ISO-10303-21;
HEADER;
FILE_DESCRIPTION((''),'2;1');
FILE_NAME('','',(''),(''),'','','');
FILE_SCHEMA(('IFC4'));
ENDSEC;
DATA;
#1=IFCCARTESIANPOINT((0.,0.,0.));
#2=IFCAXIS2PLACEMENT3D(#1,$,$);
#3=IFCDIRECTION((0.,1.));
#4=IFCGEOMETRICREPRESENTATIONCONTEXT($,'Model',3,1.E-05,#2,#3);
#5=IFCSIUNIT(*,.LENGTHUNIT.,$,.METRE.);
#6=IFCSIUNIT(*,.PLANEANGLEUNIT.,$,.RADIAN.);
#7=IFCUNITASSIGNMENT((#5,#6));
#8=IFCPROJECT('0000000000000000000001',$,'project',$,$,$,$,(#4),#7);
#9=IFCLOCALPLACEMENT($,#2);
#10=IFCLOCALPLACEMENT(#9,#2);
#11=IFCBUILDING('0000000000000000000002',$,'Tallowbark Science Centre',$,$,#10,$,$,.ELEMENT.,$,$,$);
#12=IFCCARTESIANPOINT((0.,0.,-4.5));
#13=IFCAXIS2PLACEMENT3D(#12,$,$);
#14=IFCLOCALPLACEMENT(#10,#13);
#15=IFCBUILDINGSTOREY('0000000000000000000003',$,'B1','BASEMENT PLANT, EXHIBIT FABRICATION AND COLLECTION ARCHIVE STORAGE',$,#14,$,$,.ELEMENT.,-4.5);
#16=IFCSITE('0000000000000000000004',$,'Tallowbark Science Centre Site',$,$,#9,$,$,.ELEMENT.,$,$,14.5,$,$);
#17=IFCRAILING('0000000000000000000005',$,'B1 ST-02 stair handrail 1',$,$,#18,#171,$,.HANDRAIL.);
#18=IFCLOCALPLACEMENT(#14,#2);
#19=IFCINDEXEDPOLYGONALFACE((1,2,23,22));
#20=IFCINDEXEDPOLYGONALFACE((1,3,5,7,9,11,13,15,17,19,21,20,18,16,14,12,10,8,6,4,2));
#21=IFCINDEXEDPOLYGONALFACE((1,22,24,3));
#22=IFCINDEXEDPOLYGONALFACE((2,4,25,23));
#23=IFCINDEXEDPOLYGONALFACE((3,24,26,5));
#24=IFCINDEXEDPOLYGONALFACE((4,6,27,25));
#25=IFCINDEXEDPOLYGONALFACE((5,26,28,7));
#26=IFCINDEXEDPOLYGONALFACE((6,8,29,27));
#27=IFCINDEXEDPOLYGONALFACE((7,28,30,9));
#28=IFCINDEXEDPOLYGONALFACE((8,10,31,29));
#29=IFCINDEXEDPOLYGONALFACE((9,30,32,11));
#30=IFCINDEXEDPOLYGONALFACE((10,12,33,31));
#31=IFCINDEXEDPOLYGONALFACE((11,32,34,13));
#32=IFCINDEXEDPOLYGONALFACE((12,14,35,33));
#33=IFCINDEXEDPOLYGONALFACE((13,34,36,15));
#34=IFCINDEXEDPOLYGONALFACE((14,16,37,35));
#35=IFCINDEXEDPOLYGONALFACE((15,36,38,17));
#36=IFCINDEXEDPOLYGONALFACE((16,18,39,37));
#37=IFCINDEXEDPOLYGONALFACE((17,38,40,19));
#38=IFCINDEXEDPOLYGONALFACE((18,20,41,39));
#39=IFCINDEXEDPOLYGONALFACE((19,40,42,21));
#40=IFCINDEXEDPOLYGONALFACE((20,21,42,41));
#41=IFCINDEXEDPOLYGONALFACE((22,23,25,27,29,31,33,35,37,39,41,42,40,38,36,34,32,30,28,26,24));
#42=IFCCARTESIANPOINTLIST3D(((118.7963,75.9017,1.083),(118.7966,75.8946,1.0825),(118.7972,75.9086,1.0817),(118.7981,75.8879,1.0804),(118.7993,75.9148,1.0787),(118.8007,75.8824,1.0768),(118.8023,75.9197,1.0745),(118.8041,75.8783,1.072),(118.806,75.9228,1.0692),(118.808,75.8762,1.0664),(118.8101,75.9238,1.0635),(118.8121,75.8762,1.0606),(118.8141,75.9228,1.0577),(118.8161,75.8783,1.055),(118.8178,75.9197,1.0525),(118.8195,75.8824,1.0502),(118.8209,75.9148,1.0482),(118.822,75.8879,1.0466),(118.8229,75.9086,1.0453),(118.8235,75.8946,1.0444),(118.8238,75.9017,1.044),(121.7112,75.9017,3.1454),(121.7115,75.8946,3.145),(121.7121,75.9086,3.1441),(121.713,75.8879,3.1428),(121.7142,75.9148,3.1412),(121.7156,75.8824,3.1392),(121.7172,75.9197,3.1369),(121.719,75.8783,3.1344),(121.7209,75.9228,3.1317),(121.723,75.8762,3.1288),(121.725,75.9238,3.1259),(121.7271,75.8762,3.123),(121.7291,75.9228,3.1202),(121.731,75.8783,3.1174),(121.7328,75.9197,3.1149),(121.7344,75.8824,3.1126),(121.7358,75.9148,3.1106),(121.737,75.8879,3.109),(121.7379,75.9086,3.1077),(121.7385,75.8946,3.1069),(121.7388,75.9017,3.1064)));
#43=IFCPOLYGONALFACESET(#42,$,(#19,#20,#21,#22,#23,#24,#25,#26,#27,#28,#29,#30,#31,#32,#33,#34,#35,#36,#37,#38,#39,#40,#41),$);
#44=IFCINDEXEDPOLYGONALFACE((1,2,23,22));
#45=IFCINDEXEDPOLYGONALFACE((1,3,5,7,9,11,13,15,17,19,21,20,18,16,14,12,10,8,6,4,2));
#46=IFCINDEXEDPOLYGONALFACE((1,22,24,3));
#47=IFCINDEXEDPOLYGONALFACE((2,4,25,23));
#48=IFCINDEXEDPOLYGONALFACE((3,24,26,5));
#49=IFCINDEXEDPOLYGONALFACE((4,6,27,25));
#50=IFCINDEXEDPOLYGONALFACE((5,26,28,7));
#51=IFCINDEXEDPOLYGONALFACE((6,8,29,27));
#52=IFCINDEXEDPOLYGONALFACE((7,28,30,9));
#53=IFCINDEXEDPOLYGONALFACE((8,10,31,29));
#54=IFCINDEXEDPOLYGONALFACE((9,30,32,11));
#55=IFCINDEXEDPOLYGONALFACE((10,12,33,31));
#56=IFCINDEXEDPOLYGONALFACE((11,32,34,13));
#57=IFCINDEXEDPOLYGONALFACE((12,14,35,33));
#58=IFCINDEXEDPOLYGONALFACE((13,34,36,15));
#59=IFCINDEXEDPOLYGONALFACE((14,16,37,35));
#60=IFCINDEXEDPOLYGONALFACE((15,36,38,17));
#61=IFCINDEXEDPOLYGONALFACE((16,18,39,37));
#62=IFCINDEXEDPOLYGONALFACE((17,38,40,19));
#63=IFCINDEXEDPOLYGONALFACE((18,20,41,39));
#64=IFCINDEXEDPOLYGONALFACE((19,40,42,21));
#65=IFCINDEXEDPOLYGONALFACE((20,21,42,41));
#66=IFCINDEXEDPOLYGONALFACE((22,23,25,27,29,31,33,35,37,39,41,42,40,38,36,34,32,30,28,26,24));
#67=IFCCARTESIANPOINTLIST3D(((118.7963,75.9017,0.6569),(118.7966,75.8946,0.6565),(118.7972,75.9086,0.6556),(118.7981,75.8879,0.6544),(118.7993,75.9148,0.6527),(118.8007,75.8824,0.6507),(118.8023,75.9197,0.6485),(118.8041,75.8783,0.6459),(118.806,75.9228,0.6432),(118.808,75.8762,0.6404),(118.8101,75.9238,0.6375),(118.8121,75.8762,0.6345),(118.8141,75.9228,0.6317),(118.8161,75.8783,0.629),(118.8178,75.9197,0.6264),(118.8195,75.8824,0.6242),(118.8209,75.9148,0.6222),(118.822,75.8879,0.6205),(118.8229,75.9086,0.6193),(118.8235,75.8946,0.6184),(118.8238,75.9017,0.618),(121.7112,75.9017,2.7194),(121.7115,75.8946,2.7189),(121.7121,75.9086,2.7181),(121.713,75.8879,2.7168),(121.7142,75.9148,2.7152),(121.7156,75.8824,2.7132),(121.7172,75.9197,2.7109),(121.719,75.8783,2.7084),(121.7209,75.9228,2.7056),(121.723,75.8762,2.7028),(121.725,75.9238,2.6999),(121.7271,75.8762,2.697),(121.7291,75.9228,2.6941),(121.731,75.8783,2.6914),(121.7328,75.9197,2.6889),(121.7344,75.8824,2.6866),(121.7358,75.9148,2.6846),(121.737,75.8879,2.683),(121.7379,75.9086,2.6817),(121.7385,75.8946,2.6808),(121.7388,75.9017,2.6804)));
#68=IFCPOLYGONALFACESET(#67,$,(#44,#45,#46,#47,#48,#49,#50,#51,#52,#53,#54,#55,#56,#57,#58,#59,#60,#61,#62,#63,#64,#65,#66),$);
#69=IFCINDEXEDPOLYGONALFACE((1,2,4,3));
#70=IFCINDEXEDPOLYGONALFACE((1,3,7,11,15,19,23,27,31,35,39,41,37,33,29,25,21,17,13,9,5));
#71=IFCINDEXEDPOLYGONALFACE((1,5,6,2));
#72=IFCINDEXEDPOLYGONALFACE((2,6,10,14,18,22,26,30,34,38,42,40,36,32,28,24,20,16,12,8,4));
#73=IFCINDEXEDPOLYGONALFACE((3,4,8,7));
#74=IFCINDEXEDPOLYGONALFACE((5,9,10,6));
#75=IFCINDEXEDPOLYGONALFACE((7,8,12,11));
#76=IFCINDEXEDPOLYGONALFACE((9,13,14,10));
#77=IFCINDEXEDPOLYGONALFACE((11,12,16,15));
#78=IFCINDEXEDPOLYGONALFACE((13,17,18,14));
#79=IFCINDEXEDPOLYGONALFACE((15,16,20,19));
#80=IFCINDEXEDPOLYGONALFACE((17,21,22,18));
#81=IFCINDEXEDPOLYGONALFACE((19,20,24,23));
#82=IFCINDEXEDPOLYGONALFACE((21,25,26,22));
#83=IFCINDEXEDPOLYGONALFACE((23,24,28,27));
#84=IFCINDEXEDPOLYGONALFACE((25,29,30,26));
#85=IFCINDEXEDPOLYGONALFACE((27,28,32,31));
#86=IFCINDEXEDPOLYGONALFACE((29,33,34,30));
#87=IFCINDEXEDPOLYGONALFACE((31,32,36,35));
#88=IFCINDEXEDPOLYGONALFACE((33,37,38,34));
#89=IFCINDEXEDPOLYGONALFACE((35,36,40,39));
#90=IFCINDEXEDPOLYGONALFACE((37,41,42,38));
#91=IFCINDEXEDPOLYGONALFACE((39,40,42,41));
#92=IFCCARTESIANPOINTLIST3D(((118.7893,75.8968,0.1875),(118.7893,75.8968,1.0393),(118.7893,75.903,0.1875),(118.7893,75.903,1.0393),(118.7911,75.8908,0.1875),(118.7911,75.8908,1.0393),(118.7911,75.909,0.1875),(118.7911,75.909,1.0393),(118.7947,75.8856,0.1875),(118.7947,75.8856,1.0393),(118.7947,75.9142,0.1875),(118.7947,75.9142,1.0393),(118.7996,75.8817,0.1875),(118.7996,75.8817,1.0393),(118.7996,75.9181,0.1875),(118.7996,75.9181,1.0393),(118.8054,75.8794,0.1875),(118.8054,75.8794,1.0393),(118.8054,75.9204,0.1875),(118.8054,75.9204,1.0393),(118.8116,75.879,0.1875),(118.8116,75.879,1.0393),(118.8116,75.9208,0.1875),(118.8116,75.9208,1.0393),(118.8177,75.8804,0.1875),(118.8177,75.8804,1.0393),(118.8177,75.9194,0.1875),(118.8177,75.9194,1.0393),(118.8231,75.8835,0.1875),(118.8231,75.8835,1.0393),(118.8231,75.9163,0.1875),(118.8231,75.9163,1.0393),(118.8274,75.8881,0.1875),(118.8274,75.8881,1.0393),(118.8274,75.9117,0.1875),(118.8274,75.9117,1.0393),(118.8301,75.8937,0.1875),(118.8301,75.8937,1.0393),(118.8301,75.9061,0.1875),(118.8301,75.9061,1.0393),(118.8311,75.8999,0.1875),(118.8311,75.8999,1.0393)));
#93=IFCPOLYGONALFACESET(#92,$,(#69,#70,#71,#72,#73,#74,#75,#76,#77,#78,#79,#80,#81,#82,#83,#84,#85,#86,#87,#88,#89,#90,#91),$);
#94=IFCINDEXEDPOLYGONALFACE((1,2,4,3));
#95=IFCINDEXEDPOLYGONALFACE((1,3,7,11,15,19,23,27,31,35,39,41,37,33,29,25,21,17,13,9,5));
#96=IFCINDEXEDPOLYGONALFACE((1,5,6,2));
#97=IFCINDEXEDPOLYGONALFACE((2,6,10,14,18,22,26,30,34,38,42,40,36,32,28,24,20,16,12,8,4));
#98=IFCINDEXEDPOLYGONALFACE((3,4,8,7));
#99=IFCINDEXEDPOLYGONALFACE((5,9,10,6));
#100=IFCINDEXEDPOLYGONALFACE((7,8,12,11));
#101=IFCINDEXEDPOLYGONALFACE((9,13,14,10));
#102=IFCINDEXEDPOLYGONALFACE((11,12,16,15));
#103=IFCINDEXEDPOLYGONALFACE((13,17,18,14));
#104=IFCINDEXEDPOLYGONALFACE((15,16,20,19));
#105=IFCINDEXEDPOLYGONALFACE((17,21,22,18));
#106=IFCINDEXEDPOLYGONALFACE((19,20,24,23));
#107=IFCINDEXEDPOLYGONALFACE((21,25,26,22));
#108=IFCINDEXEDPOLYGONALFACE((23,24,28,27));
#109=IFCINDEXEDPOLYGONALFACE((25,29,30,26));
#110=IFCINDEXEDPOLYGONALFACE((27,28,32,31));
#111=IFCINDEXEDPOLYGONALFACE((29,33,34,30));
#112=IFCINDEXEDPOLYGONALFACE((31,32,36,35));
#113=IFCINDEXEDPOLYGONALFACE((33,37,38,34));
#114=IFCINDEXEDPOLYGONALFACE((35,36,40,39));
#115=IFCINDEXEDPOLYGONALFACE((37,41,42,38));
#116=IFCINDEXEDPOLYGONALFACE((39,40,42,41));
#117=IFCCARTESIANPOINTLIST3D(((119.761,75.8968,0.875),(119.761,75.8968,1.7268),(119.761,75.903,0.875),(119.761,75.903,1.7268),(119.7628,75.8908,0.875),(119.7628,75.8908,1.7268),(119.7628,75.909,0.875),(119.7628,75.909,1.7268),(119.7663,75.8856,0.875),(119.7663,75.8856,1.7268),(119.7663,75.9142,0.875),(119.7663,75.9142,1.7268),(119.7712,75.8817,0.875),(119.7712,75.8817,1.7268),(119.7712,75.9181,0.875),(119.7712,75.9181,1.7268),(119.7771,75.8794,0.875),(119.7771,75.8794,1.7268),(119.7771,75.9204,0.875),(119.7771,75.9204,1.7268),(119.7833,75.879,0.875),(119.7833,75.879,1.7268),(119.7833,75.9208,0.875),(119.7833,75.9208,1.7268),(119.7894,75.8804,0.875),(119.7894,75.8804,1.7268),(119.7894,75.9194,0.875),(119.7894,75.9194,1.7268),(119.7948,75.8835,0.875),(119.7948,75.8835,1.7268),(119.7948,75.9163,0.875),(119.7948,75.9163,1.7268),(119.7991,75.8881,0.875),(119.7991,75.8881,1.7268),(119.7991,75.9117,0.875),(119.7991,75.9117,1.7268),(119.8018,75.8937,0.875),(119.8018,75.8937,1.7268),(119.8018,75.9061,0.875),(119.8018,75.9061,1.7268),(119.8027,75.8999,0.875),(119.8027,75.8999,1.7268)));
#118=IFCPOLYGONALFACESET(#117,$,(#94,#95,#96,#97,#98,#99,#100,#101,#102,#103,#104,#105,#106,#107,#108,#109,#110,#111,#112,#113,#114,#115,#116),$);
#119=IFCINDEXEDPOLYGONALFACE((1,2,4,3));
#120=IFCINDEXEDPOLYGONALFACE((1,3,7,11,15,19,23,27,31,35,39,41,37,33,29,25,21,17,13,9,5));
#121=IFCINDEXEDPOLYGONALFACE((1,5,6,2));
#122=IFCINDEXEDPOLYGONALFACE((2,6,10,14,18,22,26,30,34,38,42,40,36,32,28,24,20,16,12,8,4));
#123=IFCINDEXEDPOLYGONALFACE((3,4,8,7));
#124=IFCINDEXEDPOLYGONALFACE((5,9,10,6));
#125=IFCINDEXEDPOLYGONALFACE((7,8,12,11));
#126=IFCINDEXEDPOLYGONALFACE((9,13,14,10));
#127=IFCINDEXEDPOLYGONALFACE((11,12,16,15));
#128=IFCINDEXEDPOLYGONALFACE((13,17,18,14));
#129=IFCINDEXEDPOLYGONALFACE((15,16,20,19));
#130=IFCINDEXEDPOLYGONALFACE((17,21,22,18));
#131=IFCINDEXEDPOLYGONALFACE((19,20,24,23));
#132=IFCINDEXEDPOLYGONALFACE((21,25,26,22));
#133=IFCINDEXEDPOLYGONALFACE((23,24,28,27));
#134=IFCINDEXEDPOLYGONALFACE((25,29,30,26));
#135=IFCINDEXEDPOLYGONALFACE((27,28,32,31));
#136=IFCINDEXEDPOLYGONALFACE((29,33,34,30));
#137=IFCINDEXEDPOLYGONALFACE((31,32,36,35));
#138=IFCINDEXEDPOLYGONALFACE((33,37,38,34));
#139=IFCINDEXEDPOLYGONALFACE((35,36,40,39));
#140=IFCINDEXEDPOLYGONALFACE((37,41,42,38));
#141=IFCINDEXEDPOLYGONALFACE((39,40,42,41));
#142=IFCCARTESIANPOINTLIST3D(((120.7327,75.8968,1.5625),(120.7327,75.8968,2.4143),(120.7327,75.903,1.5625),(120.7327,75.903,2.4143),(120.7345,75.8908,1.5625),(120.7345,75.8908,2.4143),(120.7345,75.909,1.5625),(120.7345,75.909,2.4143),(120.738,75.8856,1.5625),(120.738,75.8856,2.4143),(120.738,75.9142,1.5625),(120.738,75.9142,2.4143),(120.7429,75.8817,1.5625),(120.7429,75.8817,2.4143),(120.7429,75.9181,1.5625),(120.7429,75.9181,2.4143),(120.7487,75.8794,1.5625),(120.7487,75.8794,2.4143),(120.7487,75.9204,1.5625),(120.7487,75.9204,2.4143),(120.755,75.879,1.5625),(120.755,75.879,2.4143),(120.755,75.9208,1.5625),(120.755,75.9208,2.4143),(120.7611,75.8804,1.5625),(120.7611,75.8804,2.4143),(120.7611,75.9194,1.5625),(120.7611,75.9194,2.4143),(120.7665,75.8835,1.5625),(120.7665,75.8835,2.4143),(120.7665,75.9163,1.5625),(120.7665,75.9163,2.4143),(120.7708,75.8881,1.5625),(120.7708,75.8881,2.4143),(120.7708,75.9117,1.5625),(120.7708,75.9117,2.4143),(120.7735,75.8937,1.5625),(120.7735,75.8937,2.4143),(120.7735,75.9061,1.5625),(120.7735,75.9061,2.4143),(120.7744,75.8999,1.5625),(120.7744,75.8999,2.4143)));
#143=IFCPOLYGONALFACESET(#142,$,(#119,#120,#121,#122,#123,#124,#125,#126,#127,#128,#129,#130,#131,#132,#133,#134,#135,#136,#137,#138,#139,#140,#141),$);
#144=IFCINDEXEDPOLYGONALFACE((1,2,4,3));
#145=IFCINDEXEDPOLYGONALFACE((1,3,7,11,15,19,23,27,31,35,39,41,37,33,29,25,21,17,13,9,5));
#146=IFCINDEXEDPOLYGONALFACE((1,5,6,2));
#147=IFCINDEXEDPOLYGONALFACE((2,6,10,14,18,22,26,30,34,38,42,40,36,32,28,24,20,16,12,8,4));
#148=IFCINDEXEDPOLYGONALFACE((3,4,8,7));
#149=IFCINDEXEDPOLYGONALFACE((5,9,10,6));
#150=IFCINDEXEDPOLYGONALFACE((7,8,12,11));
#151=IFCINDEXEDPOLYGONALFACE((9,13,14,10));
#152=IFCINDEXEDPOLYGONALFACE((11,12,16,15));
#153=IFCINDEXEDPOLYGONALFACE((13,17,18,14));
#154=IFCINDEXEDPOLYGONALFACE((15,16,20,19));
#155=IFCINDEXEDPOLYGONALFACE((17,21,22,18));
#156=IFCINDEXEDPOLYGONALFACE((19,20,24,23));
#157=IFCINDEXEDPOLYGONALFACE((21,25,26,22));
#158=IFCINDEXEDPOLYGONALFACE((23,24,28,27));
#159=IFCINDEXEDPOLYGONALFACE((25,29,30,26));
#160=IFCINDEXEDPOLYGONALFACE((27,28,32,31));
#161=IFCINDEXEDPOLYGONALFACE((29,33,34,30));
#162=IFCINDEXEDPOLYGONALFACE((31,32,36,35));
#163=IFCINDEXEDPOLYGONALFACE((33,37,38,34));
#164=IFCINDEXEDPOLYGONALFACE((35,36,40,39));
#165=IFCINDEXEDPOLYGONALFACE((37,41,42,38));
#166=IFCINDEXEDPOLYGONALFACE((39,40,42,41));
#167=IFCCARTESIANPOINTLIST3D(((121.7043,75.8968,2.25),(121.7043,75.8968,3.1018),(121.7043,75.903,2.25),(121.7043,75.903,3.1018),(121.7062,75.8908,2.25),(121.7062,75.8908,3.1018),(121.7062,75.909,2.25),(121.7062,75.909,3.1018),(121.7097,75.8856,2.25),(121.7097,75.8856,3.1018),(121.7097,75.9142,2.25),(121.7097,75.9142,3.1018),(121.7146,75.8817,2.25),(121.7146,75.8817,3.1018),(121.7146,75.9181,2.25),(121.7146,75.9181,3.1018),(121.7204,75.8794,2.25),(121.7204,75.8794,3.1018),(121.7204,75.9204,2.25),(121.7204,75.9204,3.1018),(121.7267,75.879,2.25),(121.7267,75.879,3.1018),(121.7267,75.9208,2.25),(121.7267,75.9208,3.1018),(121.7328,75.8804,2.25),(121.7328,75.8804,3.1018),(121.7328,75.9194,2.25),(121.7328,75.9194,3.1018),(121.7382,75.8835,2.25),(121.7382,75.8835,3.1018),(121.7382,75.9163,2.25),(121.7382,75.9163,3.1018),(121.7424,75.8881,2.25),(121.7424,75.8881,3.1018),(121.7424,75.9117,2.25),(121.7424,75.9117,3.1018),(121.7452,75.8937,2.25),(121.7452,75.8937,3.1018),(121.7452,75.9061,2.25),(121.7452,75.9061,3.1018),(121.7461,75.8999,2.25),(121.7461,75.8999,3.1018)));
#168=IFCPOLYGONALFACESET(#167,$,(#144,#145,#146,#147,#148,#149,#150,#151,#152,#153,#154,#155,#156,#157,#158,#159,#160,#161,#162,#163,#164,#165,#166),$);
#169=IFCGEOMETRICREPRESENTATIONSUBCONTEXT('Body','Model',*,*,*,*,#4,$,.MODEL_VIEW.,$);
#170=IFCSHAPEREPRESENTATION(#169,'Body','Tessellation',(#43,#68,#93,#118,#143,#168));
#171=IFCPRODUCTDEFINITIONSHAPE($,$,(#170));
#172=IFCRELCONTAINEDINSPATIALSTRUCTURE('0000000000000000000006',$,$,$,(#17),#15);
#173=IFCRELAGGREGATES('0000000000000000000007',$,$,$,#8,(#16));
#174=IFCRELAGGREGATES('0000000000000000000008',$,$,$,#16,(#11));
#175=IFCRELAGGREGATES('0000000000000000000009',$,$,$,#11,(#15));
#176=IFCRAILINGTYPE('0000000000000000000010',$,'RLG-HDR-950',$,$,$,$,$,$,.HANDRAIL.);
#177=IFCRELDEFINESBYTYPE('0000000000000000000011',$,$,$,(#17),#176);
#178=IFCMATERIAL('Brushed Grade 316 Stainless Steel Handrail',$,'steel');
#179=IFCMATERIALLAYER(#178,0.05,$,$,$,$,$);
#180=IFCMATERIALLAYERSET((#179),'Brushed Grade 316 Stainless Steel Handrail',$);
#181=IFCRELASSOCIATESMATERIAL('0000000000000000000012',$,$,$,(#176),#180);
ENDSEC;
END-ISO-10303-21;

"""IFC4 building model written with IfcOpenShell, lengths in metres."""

from ifc_helpers import new_model, si_unit, direction, frame, origin, origin_2d, place, context, subcontext, project, spatial, circle, extrude, material, layer, layer_set, type_object, element, save


model = new_model("IFC4")

# Units and contexts
model_context = context("Model", 3, precision=1e-05, world=origin(), true_north=direction((0.0, 1.0)))
body_context = subcontext(model_context, "Body", "Model", "MODEL_VIEW")
ifc_project = project(units=[si_unit("LENGTHUNIT", "METRE"), si_unit("PLANEANGLEUNIT", "RADIAN")], contexts=[model_context])

# Site, building, storey
site_placement = place(None, origin())
site = spatial("IfcSite", under=ifc_project, at=site_placement, Name="Tallowbark Science Centre Site", CompositionType="ELEMENT", RefElevation=14.5)
building_placement = place(site_placement, origin())
building = spatial("IfcBuilding", under=site, at=building_placement, Name="Tallowbark Science Centre", CompositionType="ELEMENT")
storey_placement = place(building_placement, frame((0.0, 0.0, -4.5)))
storey = spatial("IfcBuildingStorey", under=building, at=storey_placement, Name="B1", Description="BASEMENT PLANT, EXHIBIT FABRICATION AND COLLECTION ARCHIVE STORAGE", CompositionType="ELEMENT", Elevation=-4.5)

# Railing
ifc_material_1 = material(Name="Brushed Grade 316 Stainless Steel Handrail", Category="steel")
ifc_layer_1 = layer(ifc_material_1, 0.05)
ifc_layer_set_1 = layer_set([ifc_layer_1], Name="Brushed Grade 316 Stainless Steel Handrail")
railing_type_1 = type_object("IfcRailingType", Name="RLG-HDR-950", PredefinedType="HANDRAIL", material=ifc_layer_set_1)
railing_1_placement = place(storey_placement, frame((118.8101, 75.8999, 0.1875)))
element("IfcRailing", 1, at=railing_1_placement, inside=storey, type_object=railing_type_1, Name="B1 ST-02 stair handrail 1", PredefinedType="HANDRAIL", context=body_context, shape_type="SweptSolid", body=[
    extrude(circle(Radius=0.0239, at=origin_2d()), frame((0.0, 0.0, 0.876), z_axis=(0.816331, 0.0, 0.577585), x_axis=(0.0, 1.0, 0.0)), (0.0, 0.0, 1.0), 3.5708),
    extrude(circle(Radius=0.0239, at=origin_2d()), frame((0.0, 0.0, 0.45), z_axis=(0.816331, 0.0, 0.577585), x_axis=(0.0, 1.0, 0.0)), (0.0, 0.0, 1.0), 3.5708),
    extrude(circle(Radius=0.021, at=origin_2d()), origin(), (0.0, 0.0, 1.0), 0.8518),
    extrude(circle(Radius=0.021, at=origin_2d()), frame((0.9717, 0.0, 0.6875)), (0.0, 0.0, 1.0), 0.8518),
    extrude(circle(Radius=0.021, at=origin_2d()), frame((1.9434, 0.0, 1.375)), (0.0, 0.0, 1.0), 0.8518),
    extrude(circle(Radius=0.021, at=origin_2d()), frame((2.915, 0.0, 2.0625)), (0.0, 0.0, 1.0), 0.8518),
])

save(model, "model.ifc")
